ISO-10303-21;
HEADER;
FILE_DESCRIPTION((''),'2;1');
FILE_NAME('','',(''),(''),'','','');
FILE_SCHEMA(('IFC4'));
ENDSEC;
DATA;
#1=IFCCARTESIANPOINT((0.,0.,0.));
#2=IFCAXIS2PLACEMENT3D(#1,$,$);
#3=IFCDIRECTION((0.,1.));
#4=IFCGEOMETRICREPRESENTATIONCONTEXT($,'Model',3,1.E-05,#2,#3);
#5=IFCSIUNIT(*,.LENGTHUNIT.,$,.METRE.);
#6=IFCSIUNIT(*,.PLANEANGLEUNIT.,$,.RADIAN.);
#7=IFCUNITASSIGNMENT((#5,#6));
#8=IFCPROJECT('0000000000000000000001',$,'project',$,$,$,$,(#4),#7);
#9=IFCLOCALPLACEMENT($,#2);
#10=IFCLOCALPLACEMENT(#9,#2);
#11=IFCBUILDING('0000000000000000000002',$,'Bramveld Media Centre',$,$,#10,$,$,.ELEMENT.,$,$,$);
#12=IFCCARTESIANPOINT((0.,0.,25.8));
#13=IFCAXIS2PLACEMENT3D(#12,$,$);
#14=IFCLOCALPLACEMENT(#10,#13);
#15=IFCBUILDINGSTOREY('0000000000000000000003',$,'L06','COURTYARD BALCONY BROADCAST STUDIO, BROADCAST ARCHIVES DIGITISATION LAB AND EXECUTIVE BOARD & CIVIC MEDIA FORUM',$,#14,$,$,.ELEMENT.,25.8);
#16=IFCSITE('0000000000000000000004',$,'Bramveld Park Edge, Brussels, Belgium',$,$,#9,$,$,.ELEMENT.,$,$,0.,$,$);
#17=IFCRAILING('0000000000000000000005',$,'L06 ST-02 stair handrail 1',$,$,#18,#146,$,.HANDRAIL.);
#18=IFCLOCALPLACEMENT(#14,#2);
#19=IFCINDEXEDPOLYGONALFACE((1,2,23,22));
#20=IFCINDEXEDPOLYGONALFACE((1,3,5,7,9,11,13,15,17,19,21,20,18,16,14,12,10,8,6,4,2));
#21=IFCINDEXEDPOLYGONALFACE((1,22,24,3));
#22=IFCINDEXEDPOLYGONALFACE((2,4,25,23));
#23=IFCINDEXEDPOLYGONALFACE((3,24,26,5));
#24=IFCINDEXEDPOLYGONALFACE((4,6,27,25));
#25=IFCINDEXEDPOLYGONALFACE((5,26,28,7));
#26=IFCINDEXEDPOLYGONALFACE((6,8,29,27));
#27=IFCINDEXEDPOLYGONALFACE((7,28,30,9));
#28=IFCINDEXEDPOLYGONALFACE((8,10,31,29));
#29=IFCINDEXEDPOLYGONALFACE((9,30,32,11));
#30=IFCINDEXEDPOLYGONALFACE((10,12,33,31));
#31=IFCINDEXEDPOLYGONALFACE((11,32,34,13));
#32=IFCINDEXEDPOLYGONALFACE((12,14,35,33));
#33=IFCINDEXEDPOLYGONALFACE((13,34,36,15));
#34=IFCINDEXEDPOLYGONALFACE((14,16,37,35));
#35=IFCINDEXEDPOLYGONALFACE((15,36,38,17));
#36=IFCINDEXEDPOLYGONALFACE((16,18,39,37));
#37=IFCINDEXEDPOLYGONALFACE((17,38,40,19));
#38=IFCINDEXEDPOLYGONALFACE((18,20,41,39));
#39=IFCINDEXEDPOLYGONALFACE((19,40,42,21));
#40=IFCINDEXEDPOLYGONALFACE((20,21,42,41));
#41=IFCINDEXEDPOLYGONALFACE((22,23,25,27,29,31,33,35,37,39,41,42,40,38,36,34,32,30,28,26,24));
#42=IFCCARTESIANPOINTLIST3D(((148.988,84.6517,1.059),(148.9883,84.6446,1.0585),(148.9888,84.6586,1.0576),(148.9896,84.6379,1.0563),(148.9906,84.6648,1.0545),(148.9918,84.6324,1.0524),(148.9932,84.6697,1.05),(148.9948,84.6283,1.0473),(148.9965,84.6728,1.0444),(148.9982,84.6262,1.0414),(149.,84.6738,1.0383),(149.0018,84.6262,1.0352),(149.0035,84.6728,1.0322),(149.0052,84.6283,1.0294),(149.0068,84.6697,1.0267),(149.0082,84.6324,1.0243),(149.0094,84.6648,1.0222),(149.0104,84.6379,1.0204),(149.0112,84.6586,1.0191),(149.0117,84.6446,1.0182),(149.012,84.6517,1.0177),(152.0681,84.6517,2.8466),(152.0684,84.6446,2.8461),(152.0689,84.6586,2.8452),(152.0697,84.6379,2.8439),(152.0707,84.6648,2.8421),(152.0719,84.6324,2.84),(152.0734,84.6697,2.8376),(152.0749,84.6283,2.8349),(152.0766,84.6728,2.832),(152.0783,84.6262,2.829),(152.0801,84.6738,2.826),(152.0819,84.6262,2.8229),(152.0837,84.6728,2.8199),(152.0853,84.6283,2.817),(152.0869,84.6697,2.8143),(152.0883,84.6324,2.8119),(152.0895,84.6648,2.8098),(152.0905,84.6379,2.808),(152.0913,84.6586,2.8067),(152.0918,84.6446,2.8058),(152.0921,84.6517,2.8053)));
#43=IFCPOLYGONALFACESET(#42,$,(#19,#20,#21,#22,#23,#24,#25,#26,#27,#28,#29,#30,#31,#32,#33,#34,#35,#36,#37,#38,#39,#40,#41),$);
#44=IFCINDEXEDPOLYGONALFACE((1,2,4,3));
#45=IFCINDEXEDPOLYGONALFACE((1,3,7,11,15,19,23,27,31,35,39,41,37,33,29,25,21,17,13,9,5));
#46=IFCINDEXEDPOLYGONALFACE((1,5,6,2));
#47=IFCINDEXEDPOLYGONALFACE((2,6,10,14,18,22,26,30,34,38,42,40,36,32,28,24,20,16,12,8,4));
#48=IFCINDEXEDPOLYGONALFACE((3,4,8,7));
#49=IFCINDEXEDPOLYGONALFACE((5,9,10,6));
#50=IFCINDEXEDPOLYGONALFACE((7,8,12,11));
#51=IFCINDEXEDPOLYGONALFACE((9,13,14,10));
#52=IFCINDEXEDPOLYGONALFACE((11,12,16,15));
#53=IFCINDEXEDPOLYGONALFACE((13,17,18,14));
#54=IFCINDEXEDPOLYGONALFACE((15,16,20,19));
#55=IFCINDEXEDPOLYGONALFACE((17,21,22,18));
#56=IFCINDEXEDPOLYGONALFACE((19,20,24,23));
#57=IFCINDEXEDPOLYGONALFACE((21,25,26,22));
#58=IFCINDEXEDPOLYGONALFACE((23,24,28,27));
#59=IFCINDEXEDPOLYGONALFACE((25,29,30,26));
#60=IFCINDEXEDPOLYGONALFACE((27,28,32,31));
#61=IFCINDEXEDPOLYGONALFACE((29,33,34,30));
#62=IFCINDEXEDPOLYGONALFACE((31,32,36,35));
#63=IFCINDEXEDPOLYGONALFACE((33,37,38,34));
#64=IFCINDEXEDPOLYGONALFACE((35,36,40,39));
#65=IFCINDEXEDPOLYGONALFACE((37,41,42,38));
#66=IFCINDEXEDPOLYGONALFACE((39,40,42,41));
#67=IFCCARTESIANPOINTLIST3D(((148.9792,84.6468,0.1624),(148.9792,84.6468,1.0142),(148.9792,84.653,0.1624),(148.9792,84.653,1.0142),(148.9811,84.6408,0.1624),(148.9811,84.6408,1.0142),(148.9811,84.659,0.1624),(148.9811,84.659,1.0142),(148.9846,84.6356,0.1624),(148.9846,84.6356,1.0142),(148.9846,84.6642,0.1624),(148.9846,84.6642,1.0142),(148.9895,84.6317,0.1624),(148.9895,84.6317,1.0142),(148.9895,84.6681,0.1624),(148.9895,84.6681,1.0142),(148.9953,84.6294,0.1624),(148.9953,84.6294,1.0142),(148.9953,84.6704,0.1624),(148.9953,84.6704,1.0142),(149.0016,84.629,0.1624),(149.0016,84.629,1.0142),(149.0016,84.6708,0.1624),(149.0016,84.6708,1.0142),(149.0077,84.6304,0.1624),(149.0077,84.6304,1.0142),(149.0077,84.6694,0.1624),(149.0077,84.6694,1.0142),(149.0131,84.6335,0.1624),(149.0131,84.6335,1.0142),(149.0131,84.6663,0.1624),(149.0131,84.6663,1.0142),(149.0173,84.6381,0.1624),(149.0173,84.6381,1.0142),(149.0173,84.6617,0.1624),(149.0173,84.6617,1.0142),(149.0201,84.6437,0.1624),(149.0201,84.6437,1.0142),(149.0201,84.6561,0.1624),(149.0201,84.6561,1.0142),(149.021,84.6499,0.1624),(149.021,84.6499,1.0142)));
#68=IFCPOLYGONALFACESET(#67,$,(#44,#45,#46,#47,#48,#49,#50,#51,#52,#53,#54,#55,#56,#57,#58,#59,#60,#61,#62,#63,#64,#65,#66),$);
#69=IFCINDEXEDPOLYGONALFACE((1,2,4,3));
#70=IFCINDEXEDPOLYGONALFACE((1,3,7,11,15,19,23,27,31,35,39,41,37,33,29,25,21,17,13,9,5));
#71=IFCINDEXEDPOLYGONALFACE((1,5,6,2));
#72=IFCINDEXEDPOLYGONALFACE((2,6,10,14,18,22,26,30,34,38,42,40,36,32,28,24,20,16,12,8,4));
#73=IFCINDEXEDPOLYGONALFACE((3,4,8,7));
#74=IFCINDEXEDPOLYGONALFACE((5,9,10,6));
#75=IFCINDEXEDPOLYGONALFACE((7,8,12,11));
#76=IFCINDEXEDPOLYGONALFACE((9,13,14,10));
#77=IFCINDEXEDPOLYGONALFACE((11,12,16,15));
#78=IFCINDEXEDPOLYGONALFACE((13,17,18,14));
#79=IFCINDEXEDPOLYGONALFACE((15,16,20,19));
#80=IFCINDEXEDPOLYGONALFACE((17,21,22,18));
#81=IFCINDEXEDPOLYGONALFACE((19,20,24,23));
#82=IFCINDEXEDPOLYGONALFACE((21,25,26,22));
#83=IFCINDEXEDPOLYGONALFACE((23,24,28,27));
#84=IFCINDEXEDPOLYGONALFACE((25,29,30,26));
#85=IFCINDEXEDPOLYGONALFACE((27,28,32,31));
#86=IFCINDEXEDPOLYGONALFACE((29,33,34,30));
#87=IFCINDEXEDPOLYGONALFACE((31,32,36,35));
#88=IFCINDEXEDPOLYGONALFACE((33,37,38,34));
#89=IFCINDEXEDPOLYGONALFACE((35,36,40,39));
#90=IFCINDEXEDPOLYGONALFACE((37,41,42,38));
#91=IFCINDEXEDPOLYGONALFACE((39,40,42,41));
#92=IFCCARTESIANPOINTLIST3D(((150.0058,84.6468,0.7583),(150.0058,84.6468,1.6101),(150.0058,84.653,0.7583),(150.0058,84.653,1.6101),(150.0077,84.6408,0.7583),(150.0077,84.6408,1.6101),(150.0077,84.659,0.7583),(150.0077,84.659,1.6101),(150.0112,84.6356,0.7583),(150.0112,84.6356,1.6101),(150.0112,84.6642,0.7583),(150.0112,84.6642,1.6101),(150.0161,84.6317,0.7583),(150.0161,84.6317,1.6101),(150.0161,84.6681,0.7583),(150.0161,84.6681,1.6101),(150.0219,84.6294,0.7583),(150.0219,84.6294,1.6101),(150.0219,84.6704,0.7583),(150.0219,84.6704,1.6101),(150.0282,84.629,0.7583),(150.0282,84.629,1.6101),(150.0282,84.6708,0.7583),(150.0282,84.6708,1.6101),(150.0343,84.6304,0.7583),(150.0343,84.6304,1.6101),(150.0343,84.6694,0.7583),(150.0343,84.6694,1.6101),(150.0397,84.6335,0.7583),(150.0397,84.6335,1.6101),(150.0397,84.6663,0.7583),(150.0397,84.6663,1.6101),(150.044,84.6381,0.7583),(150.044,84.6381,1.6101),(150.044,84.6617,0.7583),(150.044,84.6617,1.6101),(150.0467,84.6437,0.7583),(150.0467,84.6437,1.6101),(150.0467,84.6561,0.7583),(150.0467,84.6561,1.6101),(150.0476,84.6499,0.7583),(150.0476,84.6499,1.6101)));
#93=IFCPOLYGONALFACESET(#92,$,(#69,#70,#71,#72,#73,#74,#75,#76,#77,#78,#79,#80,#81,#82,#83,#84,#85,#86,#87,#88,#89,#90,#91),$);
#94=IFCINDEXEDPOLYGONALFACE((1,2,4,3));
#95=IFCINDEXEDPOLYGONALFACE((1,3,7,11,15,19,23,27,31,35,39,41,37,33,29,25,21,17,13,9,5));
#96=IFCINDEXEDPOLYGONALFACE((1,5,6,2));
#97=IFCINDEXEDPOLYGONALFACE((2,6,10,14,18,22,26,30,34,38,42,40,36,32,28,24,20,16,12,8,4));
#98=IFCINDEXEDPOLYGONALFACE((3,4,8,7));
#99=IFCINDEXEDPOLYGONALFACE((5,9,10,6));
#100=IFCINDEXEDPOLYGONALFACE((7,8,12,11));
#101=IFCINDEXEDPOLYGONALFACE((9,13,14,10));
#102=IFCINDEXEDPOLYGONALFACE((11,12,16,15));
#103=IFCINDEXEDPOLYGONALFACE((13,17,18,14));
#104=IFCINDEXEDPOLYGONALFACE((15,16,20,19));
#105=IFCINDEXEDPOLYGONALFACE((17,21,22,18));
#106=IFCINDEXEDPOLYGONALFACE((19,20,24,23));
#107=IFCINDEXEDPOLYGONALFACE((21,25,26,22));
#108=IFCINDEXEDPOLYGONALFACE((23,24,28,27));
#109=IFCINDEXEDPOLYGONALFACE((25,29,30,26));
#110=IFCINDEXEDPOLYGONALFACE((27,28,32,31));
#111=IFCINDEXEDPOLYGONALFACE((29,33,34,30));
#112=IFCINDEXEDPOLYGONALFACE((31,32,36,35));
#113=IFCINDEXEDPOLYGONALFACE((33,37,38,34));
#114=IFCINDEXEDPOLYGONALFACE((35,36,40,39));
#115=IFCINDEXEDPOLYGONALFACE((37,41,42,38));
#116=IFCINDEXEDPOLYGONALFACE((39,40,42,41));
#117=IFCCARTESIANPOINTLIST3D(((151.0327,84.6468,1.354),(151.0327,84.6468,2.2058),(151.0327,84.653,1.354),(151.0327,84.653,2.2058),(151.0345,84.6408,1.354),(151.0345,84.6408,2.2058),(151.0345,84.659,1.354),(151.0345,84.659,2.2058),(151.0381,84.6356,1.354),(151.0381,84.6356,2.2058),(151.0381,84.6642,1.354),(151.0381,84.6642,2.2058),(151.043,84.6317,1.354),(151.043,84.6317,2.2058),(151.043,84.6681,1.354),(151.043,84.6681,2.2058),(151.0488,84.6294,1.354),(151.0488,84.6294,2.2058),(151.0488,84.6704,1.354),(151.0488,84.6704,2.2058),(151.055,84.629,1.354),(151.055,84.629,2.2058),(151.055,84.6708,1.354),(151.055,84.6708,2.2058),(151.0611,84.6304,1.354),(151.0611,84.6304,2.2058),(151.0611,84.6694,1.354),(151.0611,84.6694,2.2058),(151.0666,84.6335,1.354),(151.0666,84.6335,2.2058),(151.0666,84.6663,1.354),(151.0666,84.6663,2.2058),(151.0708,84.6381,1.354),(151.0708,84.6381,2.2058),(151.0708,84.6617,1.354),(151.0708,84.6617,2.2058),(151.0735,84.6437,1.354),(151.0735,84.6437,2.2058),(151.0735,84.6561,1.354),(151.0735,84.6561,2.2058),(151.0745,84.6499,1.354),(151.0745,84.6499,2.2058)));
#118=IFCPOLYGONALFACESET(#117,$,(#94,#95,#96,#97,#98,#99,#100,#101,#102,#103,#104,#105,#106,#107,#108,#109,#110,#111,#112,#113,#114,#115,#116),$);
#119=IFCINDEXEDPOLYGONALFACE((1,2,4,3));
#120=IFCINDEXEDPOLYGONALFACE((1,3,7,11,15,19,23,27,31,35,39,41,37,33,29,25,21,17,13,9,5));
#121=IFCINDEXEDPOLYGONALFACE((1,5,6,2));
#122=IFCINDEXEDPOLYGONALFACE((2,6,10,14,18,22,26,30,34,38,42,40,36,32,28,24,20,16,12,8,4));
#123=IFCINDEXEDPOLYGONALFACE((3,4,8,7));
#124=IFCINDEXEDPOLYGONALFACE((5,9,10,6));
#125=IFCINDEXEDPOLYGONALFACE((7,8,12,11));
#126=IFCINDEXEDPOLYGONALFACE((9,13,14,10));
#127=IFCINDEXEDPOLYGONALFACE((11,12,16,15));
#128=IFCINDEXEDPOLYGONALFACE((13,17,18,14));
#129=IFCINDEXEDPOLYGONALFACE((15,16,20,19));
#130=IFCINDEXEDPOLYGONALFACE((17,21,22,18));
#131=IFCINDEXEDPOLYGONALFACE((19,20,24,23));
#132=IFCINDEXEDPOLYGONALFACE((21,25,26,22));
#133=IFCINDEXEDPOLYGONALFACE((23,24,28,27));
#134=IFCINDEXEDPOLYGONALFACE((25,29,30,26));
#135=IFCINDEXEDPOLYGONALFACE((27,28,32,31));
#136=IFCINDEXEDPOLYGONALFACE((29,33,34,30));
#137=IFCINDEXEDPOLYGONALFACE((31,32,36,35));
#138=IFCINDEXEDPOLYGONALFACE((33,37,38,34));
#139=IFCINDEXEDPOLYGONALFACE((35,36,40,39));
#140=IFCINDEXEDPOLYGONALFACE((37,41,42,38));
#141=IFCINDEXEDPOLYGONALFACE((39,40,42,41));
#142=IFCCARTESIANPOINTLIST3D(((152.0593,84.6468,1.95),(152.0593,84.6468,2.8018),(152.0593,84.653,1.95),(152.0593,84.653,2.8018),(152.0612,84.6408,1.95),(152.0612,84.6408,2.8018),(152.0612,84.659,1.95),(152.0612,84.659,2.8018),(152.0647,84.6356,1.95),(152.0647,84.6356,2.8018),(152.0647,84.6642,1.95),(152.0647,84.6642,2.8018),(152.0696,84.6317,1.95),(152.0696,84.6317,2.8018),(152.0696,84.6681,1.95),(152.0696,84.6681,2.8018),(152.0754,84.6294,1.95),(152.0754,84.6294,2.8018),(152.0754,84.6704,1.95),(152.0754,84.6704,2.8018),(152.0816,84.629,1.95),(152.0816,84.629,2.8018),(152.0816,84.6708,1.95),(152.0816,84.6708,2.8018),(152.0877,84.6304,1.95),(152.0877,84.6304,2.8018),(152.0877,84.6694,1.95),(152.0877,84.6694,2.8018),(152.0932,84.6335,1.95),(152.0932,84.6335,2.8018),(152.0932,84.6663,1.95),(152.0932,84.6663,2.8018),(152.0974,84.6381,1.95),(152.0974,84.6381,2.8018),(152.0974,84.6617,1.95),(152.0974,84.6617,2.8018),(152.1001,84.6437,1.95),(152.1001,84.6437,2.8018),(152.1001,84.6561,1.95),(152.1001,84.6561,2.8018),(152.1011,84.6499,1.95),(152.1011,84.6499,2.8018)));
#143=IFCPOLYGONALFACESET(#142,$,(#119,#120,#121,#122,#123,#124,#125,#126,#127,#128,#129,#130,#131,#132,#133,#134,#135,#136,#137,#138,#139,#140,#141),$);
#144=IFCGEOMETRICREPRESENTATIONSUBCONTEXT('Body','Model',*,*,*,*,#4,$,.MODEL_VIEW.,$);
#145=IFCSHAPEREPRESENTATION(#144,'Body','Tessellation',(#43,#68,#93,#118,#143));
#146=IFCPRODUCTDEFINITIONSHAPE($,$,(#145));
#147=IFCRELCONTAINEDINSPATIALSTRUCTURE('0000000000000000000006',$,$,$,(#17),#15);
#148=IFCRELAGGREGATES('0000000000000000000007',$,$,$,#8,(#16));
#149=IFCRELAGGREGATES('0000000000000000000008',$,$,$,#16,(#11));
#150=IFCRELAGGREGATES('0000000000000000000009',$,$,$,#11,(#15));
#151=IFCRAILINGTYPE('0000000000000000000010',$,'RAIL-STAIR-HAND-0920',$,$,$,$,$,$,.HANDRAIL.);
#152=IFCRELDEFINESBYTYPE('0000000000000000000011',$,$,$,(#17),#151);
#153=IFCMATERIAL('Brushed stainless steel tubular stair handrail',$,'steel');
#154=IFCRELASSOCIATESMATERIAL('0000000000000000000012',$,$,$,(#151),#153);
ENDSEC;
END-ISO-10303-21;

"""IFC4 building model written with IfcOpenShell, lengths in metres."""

from ifc_helpers import new_model, si_unit, direction, frame, origin, origin_2d, place, context, subcontext, project, spatial, circle, extrude, material, type_object, element, save


model = new_model("IFC4")

# Units and contexts
model_context = context("Model", 3, precision=1e-05, world=origin(), true_north=direction((0.0, 1.0)))
body_context = subcontext(model_context, "Body", "Model", "MODEL_VIEW")
ifc_project = project(units=[si_unit("LENGTHUNIT", "METRE"), si_unit("PLANEANGLEUNIT", "RADIAN")], contexts=[model_context])

# Site, building, storey
site_placement = place(None, origin())
site = spatial("IfcSite", under=ifc_project, at=site_placement, Name="Bramveld Park Edge, Brussels, Belgium", CompositionType="ELEMENT", RefElevation=0.0)
building_placement = place(site_placement, origin())
building = spatial("IfcBuilding", under=site, at=building_placement, Name="Bramveld Media Centre", CompositionType="ELEMENT")
storey_placement = place(building_placement, frame((0.0, 0.0, 25.8)))
storey = spatial("IfcBuildingStorey", under=building, at=storey_placement, Name="L06", Description="COURTYARD BALCONY BROADCAST STUDIO, BROADCAST ARCHIVES DIGITISATION LAB AND EXECUTIVE BOARD & CIVIC MEDIA FORUM", CompositionType="ELEMENT", Elevation=25.8)

# Railing
ifc_material_1 = material(Name="Brushed stainless steel tubular stair handrail", Category="steel")
railing_type_1 = type_object("IfcRailingType", Name="RAIL-STAIR-HAND-0920", PredefinedType="HANDRAIL", material=ifc_material_1)
railing_1_placement = place(storey_placement, frame((149.0, 84.6499, 0.1624)))
element("IfcRailing", 1, at=railing_1_placement, inside=storey, type_object=railing_type_1, Name="L06 ST-02 stair handrail 1", PredefinedType="HANDRAIL", context=body_context, shape_type="SweptSolid", body=[
    extrude(circle(Radius=0.0239, at=origin_2d()), frame((0.0, 0.0, 0.876), z_axis=(0.864891, 0.0, 0.50196), x_axis=(0.0, 1.0, 0.0)), (0.0, 0.0, 1.0), 3.5613),
    extrude(circle(Radius=0.021, at=origin_2d()), origin(), (0.0, 0.0, 1.0), 0.8518),
    extrude(circle(Radius=0.021, at=origin_2d()), frame((1.0266, 0.0, 0.5959)), (0.0, 0.0, 1.0), 0.8518),
    extrude(circle(Radius=0.021, at=origin_2d()), frame((2.0535, 0.0, 1.1917)), (0.0, 0.0, 1.0), 0.8518),
    extrude(circle(Radius=0.021, at=origin_2d()), frame((3.0801, 0.0, 1.7876)), (0.0, 0.0, 1.0), 0.8518),
])

save(model, "model.ifc")
